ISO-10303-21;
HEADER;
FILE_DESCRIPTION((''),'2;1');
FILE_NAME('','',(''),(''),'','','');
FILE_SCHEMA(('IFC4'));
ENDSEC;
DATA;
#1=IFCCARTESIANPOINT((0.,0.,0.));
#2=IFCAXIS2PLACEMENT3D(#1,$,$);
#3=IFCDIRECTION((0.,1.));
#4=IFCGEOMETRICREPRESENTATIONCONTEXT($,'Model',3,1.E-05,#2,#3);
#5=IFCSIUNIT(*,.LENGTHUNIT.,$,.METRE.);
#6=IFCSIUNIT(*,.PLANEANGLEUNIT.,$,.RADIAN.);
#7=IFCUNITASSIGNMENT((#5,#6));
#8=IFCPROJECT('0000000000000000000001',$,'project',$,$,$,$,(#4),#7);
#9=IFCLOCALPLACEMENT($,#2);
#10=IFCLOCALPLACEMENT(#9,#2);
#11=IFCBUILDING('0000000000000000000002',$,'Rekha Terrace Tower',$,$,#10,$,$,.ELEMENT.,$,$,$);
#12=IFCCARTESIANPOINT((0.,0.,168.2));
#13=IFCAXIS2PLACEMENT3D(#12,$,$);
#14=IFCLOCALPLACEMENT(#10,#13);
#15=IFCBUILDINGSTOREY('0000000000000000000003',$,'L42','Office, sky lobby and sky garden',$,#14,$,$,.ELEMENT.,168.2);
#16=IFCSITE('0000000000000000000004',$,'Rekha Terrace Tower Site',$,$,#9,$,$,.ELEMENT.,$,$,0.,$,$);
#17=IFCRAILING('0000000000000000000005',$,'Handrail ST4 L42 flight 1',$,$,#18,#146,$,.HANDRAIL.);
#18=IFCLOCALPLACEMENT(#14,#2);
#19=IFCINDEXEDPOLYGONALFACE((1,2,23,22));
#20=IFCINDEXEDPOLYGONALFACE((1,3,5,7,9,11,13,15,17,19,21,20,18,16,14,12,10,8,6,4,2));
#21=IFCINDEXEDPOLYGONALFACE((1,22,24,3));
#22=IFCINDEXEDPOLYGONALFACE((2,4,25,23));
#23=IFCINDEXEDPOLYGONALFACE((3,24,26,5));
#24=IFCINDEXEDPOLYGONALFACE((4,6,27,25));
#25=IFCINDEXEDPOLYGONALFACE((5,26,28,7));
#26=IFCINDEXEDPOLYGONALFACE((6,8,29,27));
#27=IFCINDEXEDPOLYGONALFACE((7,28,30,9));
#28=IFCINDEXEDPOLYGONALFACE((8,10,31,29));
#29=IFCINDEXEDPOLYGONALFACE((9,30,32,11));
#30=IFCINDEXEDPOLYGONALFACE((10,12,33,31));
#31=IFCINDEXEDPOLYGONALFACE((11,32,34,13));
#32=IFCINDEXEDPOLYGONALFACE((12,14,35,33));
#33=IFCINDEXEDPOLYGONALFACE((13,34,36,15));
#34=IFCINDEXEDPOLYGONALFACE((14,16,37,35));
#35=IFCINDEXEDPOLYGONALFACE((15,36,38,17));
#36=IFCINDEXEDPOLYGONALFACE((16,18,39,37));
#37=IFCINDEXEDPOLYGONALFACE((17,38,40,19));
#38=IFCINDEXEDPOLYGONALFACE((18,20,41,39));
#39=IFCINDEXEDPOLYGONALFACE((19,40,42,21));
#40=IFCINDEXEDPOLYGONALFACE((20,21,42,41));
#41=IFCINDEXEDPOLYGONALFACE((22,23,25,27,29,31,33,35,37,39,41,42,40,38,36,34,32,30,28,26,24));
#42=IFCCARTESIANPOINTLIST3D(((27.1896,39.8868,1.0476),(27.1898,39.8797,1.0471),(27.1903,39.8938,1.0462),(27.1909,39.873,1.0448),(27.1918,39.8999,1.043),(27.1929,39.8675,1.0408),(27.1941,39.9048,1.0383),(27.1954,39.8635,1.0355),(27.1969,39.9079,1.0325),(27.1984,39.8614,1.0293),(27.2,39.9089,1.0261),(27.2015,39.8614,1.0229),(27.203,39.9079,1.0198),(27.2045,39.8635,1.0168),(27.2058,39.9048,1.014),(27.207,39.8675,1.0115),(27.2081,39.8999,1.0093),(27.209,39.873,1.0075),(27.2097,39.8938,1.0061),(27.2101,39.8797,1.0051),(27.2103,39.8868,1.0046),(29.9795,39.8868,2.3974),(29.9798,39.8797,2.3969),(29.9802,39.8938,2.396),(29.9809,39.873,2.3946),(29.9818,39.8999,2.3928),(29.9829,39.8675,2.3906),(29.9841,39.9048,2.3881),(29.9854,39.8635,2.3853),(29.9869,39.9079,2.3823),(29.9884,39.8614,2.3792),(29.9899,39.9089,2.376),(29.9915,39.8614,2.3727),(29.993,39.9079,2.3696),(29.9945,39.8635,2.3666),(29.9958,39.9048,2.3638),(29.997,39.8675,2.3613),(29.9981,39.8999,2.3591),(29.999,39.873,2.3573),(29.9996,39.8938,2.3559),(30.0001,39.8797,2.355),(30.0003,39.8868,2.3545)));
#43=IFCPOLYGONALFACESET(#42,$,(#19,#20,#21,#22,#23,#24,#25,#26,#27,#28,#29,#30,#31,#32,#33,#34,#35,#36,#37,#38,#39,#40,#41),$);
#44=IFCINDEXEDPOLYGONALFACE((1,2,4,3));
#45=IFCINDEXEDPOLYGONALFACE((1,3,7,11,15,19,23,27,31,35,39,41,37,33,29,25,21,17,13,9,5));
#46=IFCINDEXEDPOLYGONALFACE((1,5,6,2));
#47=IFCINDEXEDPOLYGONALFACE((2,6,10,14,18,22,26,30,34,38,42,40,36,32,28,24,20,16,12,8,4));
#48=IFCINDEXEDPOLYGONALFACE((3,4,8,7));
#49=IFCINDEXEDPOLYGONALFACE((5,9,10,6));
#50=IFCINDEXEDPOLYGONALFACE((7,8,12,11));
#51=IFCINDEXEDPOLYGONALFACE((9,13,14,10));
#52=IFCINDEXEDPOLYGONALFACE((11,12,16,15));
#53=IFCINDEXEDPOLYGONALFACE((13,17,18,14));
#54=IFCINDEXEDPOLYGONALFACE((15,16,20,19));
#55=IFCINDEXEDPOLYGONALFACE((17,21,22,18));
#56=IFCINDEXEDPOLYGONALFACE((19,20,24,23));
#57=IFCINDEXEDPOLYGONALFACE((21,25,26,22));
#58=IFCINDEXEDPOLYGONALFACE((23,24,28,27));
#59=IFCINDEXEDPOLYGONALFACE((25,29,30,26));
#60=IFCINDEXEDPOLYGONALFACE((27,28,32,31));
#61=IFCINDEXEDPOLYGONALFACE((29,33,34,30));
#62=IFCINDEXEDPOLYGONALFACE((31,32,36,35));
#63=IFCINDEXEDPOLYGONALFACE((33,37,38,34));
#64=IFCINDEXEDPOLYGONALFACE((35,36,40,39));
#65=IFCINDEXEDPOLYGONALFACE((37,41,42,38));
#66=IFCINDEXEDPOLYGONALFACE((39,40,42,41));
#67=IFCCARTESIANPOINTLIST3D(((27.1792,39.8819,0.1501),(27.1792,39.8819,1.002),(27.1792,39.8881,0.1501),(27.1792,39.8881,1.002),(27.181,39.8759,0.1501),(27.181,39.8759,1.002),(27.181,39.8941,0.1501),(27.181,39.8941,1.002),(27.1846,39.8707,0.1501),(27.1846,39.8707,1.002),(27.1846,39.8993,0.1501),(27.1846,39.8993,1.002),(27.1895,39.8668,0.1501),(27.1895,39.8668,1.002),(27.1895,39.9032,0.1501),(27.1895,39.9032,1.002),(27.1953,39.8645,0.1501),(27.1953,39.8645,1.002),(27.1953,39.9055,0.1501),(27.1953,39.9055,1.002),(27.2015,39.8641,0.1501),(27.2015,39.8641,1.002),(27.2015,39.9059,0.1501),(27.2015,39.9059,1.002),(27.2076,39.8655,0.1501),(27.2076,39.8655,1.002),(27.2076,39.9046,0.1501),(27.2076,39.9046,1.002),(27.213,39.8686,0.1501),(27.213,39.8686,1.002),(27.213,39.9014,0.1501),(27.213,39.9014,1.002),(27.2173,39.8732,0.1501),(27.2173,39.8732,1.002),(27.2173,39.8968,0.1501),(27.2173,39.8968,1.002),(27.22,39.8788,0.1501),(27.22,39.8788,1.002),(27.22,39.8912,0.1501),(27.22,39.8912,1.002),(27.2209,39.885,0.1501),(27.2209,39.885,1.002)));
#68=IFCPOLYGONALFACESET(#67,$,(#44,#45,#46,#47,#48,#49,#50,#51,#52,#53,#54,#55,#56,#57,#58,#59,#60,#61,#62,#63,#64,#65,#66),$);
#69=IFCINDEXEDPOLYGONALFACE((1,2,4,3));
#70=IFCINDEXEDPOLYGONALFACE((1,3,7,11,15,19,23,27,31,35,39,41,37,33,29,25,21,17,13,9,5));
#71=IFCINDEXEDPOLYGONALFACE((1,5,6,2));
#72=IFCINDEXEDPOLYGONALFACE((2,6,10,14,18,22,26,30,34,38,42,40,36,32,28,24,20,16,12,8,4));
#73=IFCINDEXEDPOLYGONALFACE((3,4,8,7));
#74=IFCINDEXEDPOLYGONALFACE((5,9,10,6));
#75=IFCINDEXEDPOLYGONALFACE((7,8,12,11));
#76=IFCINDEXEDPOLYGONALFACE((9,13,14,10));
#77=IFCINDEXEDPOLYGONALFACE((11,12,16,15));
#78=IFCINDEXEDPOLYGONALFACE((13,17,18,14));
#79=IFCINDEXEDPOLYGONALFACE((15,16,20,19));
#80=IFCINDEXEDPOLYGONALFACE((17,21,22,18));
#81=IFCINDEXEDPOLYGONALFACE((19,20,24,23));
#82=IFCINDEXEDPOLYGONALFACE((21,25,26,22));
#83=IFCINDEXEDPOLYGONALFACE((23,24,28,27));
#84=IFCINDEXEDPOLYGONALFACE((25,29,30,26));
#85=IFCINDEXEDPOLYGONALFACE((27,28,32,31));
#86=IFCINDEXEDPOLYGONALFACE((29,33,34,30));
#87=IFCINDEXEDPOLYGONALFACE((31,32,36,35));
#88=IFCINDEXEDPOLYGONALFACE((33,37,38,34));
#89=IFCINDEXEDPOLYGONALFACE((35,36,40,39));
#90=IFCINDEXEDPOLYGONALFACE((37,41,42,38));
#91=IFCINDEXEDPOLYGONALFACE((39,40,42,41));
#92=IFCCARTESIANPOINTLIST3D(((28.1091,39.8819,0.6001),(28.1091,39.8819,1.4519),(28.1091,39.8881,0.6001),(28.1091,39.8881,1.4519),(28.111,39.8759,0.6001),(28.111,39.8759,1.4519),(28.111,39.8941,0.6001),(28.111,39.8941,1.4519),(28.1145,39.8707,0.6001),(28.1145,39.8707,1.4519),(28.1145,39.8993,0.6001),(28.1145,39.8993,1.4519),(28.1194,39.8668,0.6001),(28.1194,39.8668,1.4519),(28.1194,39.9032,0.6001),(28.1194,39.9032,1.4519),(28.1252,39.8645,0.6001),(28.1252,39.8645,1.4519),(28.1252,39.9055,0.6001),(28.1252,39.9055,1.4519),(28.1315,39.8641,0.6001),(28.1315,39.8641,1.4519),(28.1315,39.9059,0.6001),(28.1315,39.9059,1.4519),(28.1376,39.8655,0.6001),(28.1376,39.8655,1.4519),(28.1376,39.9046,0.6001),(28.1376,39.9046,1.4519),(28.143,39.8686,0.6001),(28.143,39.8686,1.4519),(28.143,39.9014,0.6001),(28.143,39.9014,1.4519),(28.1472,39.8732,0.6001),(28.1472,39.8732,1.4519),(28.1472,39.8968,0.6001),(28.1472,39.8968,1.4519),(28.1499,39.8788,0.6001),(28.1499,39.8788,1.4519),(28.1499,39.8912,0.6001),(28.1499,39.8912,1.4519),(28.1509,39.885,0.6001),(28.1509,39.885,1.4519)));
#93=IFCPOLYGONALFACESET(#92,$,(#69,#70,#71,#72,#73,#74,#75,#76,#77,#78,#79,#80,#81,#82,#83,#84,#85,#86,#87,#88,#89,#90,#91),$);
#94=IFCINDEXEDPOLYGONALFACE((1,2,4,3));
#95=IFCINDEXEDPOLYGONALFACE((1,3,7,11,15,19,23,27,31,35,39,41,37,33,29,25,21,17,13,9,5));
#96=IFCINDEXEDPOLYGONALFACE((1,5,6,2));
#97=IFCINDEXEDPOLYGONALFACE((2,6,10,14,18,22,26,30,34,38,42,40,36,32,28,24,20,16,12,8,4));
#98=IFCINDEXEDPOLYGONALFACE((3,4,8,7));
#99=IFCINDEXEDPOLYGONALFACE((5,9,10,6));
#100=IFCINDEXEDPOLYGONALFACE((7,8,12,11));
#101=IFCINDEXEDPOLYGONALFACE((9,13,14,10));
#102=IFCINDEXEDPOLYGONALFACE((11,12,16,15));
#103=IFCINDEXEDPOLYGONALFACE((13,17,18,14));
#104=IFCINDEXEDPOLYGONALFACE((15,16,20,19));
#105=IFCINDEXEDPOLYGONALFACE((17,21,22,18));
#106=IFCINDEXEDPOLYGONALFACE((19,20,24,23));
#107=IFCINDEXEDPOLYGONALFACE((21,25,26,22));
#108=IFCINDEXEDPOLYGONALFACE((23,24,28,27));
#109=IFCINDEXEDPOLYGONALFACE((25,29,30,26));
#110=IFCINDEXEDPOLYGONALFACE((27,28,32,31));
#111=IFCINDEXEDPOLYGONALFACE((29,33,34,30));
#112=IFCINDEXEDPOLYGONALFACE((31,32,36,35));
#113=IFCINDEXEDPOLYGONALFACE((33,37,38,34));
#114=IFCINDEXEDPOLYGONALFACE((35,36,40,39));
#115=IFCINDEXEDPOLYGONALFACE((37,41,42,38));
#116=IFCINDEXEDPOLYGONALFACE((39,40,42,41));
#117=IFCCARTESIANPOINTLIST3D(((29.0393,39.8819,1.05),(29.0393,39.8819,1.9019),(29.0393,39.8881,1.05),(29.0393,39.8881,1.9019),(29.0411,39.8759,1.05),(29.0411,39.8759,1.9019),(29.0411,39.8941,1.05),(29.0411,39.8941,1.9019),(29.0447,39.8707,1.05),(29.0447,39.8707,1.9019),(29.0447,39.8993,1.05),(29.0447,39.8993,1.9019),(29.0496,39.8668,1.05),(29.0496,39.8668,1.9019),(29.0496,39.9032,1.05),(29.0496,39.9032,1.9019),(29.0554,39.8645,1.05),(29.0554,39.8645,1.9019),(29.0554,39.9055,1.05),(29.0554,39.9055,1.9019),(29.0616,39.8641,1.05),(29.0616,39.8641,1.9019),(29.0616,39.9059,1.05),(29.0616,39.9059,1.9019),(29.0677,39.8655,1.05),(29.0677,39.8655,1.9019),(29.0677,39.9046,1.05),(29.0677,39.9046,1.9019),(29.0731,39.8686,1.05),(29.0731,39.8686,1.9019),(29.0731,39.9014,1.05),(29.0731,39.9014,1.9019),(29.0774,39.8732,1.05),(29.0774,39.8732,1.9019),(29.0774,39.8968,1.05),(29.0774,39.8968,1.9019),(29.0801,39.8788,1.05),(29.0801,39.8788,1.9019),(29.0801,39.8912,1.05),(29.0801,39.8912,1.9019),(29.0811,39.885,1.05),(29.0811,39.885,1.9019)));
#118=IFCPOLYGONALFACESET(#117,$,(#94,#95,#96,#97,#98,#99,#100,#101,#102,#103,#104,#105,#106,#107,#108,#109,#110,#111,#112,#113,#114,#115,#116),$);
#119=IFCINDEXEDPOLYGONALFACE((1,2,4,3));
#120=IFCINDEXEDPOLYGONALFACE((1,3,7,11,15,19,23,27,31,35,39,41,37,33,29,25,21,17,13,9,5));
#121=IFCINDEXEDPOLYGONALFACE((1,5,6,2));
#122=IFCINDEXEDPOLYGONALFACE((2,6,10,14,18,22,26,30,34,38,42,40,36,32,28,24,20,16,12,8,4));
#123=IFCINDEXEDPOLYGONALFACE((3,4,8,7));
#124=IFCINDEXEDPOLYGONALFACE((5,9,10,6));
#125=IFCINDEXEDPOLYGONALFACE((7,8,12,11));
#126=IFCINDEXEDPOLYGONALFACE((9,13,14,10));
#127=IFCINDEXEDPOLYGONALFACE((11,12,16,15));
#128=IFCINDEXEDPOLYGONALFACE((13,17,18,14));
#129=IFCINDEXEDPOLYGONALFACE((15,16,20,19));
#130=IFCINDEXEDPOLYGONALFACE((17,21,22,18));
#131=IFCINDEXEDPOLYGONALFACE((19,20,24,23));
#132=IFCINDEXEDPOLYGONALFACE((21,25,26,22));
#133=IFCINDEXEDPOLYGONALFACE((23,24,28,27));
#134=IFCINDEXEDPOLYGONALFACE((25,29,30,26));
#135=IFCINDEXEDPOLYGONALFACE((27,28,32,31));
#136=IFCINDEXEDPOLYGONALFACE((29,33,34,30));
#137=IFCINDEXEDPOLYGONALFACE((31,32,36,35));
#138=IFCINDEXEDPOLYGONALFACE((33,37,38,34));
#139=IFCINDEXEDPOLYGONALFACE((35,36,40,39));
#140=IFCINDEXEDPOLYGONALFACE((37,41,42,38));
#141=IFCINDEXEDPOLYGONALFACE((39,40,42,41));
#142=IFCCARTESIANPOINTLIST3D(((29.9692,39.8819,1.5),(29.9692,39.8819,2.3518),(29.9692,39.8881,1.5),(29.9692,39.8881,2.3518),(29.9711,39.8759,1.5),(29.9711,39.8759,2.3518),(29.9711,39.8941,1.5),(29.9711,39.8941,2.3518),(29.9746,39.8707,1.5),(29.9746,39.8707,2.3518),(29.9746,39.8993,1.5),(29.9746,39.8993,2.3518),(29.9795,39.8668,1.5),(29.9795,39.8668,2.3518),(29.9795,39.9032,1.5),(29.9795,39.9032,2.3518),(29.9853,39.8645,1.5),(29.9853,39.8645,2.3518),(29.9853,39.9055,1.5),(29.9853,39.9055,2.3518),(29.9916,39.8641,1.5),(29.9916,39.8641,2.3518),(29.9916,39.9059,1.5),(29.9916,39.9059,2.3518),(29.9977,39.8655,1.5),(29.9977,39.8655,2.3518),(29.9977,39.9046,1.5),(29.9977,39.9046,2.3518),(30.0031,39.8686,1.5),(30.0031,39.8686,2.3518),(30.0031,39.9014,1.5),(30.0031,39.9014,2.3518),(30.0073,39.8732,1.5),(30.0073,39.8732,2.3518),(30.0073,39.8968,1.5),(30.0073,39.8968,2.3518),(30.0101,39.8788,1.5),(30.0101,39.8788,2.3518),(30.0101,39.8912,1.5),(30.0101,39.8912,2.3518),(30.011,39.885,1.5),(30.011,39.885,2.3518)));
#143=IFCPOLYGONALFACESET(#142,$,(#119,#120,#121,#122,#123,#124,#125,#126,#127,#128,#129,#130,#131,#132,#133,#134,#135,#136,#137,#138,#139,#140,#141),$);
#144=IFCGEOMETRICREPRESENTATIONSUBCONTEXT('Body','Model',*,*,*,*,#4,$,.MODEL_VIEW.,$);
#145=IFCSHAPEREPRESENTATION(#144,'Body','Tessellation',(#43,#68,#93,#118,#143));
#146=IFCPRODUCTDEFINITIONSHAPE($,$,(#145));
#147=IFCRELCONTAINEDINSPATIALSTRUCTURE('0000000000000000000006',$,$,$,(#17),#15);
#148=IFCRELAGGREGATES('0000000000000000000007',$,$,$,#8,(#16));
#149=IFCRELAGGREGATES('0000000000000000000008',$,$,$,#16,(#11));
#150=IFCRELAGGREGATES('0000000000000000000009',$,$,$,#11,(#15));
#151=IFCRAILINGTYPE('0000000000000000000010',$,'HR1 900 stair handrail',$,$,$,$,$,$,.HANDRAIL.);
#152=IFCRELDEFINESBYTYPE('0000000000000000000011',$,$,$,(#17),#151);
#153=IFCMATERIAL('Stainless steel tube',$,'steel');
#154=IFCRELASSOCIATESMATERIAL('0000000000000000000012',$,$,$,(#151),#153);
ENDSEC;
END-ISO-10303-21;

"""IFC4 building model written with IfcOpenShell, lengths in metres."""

from ifc_helpers import new_model, si_unit, direction, frame, origin, origin_2d, place, context, subcontext, project, spatial, circle, extrude, material, type_object, element, save


model = new_model("IFC4")

# Units and contexts
model_context = context("Model", 3, precision=1e-05, world=origin(), true_north=direction((0.0, 1.0)))
body_context = subcontext(model_context, "Body", "Model", "MODEL_VIEW")
ifc_project = project(units=[si_unit("LENGTHUNIT", "METRE"), si_unit("PLANEANGLEUNIT", "RADIAN")], contexts=[model_context])

# Site, building, storey
site_placement = place(None, origin())
site = spatial("IfcSite", under=ifc_project, at=site_placement, Name="Rekha Terrace Tower Site", CompositionType="ELEMENT", RefElevation=0.0)
building_placement = place(site_placement, origin())
building = spatial("IfcBuilding", under=site, at=building_placement, Name="Rekha Terrace Tower", CompositionType="ELEMENT")
storey_placement = place(building_placement, frame((0.0, 0.0, 168.2)))
storey = spatial("IfcBuildingStorey", under=building, at=storey_placement, Name="L42", Description="Office, sky lobby and sky garden", CompositionType="ELEMENT", Elevation=168.2)

# Railing
ifc_material_1 = material(Name="Stainless steel tube", Category="steel")
railing_type_1 = type_object("IfcRailingType", Name="HR1 900 stair handrail", PredefinedType="HANDRAIL", material=ifc_material_1)
railing_1_placement = place(storey_placement, frame((27.2, 39.885, 0.1501)))
element("IfcRailing", 1, at=railing_1_placement, inside=storey, type_object=railing_type_1, Name="Handrail ST4 L42 flight 1", PredefinedType="HANDRAIL", context=body_context, shape_type="SweptSolid", body=[
    extrude(circle(Radius=0.0239, at=origin_2d()), frame((0.0, 0.0, 0.876), z_axis=(0.90018, 0.0, 0.435518), x_axis=(0.0, 1.0, 0.0)), (0.0, 0.0, 1.0), 3.0994),
    extrude(circle(Radius=0.021, at=origin_2d()), origin(), (0.0, 0.0, 1.0), 0.8518),
    extrude(circle(Radius=0.021, at=origin_2d()), frame((0.9299, 0.0, 0.45)), (0.0, 0.0, 1.0), 0.8518),
    extrude(circle(Radius=0.021, at=origin_2d()), frame((1.8601, 0.0, 0.8999)), (0.0, 0.0, 1.0), 0.8518),
    extrude(circle(Radius=0.021, at=origin_2d()), frame((2.79, 0.0, 1.3499)), (0.0, 0.0, 1.0), 0.8518),
])

save(model, "model.ifc")
